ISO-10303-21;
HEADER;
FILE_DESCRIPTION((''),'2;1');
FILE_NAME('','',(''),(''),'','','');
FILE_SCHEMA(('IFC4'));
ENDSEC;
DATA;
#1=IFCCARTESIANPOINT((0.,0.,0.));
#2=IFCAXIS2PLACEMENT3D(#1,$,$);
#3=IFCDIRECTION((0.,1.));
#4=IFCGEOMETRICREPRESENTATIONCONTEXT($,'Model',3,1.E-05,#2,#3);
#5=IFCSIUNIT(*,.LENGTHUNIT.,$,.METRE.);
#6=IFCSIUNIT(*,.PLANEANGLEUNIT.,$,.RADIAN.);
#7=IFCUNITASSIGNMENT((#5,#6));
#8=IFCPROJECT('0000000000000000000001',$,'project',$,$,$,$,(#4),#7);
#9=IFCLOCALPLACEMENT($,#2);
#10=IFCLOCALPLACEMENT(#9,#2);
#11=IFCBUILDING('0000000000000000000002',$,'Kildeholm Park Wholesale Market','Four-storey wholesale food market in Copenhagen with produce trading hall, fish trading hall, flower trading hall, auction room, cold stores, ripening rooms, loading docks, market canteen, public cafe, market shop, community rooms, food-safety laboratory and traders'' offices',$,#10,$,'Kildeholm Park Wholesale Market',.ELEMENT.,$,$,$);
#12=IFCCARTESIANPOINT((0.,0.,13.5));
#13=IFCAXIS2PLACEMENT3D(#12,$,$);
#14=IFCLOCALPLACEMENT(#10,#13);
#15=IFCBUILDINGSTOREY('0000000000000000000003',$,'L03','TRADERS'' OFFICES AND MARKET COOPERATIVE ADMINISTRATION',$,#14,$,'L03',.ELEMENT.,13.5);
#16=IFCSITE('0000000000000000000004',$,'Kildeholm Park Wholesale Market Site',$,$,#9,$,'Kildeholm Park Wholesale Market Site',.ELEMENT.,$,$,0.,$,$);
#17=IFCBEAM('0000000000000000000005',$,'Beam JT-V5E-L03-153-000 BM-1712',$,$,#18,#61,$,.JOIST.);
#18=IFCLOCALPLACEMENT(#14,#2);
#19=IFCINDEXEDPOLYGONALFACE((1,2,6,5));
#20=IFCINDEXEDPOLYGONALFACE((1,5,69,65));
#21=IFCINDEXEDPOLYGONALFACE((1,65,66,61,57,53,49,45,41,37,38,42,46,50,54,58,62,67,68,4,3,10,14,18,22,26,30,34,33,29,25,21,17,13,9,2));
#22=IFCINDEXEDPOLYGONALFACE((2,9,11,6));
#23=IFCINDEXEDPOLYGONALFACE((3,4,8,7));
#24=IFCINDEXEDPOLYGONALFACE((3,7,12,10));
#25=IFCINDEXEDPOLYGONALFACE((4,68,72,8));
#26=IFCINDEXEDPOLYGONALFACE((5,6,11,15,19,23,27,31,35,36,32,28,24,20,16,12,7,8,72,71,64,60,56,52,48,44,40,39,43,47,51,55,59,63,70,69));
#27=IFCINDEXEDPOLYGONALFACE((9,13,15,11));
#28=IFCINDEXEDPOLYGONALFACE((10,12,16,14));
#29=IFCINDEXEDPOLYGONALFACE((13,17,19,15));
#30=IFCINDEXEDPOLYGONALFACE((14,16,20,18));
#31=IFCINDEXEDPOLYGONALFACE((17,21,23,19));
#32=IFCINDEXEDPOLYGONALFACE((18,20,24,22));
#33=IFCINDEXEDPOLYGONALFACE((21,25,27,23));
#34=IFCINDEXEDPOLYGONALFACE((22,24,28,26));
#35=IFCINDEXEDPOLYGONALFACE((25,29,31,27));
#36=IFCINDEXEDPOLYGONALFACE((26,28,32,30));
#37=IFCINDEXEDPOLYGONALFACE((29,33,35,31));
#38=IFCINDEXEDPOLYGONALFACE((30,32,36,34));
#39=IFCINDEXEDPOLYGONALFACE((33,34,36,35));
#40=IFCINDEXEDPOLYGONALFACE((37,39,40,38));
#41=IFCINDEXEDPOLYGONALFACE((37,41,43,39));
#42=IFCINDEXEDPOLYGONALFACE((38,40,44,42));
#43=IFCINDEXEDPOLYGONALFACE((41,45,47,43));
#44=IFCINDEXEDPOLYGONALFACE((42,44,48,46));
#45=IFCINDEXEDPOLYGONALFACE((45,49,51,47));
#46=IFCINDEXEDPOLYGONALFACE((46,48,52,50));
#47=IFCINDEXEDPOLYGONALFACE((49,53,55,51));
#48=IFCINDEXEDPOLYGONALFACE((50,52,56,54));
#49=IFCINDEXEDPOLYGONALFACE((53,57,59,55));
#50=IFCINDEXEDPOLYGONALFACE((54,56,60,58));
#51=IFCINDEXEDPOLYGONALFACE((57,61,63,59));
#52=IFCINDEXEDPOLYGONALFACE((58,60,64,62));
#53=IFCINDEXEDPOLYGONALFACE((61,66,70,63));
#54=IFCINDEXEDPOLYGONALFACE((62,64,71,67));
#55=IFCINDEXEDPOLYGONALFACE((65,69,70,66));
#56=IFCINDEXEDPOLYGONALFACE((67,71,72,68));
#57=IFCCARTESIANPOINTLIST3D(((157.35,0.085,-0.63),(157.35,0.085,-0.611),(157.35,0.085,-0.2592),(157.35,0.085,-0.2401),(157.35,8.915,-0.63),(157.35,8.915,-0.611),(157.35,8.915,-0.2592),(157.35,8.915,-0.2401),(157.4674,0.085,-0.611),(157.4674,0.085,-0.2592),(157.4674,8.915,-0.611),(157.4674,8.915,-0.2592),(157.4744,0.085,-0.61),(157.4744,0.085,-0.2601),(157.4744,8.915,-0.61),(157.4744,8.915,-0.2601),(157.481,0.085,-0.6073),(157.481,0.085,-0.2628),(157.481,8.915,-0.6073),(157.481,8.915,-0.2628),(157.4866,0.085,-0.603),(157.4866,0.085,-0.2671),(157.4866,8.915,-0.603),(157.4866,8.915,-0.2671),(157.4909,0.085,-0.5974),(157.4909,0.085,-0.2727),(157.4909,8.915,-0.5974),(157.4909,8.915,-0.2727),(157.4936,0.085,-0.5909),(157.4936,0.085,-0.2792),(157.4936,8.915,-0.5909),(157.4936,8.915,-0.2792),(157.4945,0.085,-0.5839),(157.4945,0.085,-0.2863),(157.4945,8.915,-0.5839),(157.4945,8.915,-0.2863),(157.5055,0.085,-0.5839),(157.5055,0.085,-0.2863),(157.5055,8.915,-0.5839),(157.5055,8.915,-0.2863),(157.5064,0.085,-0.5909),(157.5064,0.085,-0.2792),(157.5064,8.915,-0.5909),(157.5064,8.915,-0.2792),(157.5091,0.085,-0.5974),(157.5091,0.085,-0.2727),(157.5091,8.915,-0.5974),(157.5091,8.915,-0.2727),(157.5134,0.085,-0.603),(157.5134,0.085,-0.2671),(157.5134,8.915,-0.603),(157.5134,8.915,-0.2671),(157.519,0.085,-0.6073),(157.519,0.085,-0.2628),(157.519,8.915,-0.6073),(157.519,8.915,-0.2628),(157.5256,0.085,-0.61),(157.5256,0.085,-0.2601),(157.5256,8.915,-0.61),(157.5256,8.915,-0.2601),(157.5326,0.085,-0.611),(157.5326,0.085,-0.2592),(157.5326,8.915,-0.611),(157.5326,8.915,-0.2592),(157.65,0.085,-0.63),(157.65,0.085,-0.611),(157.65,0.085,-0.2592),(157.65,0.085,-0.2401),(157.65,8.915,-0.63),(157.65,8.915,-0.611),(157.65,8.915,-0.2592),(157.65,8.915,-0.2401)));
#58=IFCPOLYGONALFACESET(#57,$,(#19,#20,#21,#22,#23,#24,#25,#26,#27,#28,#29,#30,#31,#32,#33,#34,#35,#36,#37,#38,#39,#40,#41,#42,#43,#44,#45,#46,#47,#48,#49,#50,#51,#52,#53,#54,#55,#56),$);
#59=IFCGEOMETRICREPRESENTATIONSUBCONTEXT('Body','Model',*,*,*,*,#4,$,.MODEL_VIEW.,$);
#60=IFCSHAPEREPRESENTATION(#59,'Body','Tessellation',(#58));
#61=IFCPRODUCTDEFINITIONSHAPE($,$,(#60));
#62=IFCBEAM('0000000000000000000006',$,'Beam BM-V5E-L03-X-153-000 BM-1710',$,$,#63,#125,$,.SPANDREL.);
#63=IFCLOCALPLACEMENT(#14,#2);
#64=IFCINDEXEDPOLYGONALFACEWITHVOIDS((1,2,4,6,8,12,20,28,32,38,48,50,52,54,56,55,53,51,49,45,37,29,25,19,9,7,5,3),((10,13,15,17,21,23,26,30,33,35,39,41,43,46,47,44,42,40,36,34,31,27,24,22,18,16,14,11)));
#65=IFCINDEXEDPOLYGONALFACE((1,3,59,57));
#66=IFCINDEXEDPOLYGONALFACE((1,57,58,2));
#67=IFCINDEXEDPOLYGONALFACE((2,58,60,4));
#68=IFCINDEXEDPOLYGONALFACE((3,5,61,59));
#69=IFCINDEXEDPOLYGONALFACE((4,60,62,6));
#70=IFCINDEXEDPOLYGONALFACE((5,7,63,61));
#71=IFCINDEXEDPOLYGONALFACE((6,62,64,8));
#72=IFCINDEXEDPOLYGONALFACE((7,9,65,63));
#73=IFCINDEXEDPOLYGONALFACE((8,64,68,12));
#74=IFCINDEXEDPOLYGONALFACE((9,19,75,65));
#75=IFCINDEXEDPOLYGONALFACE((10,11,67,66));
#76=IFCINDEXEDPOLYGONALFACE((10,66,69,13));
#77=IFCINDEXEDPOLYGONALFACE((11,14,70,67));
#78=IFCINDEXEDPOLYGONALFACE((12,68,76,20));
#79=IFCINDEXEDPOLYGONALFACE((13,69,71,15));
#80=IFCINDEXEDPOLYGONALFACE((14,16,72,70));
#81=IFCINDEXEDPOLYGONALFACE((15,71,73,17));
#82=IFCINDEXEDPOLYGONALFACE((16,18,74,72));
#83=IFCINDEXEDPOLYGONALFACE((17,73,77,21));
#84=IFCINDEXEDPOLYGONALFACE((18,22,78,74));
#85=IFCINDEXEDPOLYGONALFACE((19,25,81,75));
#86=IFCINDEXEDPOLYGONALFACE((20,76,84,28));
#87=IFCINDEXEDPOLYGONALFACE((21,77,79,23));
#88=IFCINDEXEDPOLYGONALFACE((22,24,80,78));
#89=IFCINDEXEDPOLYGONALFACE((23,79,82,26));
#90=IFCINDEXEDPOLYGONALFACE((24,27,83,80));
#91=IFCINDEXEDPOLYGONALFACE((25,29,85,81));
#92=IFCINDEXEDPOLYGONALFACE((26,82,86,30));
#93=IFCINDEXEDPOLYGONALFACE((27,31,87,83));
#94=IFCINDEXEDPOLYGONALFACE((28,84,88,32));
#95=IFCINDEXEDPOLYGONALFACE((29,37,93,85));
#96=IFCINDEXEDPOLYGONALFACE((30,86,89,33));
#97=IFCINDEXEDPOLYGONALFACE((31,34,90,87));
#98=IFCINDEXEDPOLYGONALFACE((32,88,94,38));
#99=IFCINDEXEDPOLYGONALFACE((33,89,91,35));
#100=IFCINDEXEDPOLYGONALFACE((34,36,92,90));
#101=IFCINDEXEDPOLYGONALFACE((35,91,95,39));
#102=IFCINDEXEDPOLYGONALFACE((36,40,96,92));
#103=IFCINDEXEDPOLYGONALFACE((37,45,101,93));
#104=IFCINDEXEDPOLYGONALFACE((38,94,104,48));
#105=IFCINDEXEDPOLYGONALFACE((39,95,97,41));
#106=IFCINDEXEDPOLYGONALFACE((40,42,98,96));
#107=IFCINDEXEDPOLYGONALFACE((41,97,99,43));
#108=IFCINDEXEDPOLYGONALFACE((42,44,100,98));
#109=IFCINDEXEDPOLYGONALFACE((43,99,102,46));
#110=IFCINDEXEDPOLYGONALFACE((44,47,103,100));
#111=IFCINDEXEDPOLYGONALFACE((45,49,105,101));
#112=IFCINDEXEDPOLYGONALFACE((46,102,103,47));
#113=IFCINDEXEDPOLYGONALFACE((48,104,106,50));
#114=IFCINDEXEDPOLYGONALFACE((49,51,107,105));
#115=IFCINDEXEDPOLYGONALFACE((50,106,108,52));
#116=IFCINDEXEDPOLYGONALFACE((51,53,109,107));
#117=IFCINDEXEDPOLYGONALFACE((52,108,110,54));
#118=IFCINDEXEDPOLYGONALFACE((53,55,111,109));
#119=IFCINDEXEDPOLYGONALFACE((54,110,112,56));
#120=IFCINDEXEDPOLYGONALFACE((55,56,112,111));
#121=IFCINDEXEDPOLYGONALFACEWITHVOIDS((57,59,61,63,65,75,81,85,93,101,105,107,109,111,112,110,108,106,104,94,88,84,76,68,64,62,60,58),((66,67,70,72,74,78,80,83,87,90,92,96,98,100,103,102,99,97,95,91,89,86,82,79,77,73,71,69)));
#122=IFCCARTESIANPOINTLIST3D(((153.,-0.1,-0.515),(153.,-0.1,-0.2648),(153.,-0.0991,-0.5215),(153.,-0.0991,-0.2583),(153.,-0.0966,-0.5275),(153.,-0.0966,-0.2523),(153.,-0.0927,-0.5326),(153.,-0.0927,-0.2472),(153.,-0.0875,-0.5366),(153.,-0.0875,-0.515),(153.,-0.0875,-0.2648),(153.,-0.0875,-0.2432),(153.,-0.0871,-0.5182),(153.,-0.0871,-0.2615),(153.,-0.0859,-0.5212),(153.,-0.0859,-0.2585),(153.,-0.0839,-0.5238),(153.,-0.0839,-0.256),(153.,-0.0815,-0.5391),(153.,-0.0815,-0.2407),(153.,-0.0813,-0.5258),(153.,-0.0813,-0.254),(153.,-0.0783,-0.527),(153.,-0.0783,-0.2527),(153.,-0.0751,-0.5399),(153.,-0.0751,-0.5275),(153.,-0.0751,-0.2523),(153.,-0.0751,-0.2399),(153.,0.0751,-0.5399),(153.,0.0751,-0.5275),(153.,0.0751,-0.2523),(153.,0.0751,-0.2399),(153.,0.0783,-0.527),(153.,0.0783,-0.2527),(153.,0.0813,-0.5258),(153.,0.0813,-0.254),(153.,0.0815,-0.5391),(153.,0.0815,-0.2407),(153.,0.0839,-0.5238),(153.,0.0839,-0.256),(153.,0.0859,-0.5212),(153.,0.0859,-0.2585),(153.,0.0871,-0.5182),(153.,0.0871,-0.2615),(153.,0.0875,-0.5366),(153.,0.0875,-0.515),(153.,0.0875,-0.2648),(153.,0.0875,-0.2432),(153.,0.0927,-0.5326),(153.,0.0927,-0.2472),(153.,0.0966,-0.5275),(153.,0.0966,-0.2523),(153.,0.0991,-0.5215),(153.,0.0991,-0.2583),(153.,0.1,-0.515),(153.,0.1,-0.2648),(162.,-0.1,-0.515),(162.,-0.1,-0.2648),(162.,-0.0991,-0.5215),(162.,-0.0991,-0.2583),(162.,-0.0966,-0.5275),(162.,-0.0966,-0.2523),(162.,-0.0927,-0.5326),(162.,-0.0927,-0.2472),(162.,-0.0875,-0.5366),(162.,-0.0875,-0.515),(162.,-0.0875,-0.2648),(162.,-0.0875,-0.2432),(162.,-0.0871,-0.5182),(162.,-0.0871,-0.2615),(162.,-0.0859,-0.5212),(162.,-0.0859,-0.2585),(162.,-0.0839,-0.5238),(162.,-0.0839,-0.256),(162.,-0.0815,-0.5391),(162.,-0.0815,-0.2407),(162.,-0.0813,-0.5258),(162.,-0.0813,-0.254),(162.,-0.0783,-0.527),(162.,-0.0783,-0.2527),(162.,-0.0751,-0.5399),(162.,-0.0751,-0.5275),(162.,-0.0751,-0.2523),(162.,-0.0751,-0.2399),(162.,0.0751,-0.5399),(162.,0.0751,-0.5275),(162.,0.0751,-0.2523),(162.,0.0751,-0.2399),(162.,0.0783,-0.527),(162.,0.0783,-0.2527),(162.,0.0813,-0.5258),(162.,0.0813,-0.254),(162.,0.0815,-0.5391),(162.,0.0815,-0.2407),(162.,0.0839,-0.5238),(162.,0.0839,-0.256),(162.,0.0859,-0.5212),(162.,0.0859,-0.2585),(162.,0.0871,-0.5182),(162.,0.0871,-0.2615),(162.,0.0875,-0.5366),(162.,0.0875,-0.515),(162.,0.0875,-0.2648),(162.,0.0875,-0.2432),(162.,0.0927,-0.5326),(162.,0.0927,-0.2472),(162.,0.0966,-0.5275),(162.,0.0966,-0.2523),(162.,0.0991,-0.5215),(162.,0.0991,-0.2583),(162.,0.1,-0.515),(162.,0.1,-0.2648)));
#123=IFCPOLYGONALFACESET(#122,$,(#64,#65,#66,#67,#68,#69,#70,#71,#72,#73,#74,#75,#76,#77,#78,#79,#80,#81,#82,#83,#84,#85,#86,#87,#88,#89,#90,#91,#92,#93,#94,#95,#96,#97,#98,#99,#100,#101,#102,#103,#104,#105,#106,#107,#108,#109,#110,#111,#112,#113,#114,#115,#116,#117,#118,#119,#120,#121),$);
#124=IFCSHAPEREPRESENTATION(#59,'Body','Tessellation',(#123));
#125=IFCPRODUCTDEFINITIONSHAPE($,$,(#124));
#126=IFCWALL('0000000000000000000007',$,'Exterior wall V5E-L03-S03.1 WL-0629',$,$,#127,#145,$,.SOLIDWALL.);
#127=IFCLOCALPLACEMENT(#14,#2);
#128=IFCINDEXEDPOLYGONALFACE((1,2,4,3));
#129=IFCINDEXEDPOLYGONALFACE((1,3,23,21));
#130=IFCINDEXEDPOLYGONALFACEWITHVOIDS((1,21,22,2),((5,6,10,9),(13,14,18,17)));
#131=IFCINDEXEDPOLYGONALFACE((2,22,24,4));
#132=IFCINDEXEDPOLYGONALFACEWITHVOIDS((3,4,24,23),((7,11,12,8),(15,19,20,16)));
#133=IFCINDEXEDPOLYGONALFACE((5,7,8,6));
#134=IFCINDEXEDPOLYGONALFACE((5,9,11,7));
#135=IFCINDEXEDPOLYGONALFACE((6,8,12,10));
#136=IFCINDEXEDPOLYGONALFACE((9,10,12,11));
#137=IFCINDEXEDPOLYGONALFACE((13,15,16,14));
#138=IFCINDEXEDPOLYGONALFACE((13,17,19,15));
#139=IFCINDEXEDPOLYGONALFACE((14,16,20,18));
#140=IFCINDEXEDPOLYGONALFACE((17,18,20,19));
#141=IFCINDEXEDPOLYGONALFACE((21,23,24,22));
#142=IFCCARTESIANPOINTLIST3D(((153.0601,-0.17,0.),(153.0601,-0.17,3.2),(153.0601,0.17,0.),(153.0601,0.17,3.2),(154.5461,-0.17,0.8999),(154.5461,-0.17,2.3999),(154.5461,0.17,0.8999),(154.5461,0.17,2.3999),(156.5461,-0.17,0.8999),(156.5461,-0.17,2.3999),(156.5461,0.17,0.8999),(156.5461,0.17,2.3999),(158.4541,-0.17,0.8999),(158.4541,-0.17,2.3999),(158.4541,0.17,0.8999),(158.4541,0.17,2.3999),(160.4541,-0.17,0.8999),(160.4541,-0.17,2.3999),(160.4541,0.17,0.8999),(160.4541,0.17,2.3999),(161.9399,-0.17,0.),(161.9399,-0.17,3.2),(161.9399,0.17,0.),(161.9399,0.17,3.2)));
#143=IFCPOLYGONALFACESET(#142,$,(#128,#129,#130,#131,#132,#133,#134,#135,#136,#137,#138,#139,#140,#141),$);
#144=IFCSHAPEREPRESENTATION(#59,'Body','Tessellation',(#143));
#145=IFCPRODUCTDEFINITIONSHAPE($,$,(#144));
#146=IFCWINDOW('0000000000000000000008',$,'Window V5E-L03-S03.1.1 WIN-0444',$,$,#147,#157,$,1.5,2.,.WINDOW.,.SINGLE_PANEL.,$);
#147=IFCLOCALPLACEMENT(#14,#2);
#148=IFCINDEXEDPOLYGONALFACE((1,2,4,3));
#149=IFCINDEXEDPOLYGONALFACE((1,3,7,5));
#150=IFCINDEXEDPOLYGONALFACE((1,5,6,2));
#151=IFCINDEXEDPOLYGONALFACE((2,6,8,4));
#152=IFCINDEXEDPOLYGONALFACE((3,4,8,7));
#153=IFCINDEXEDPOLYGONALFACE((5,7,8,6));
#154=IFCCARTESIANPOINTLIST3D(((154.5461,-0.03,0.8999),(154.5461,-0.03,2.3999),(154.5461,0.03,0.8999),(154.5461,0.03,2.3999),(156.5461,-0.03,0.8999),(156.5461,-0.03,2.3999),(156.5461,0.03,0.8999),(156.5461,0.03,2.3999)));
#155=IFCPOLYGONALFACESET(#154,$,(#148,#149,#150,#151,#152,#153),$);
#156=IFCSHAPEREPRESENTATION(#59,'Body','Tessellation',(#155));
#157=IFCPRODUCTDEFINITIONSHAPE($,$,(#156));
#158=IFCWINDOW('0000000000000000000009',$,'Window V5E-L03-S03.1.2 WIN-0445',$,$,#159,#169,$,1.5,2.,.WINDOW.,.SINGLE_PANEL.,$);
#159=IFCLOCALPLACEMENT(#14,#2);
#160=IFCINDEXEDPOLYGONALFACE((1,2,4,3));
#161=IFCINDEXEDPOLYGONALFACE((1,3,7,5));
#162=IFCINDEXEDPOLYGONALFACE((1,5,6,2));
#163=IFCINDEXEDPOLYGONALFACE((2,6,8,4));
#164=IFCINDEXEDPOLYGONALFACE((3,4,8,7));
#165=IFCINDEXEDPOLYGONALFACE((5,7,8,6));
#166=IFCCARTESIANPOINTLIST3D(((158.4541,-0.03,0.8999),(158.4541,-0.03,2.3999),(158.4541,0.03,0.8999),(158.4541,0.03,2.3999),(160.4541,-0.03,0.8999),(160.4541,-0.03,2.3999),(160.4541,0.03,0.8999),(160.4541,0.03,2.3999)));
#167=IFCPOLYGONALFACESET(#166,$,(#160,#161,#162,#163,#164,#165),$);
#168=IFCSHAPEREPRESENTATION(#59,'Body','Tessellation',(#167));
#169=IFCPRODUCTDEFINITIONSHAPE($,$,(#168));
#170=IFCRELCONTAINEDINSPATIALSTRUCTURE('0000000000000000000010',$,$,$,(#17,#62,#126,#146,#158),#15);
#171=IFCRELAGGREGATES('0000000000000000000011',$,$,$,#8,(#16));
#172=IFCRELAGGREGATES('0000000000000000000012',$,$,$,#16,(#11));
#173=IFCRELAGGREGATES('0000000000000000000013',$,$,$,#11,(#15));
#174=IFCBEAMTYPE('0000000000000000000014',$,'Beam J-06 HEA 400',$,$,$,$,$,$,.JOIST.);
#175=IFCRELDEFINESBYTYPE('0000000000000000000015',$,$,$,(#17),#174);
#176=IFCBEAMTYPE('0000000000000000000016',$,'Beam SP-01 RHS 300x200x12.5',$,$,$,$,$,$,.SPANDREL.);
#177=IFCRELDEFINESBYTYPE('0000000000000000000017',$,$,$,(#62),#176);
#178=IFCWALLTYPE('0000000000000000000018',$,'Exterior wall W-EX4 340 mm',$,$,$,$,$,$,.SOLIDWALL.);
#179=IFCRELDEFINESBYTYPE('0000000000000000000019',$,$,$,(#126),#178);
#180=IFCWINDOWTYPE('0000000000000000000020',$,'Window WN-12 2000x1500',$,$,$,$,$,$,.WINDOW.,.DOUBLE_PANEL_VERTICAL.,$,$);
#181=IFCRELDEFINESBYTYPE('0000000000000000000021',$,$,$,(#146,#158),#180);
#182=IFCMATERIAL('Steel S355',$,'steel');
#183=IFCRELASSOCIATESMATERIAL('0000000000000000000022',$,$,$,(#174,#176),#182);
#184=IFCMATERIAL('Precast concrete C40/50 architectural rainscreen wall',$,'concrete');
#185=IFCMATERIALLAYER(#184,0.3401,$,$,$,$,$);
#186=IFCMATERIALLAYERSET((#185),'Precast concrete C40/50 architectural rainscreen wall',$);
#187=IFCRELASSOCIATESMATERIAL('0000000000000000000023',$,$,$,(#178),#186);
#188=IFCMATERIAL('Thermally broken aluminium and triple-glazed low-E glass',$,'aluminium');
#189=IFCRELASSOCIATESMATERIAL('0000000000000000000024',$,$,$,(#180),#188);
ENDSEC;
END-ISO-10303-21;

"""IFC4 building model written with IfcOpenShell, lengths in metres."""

from ifc_helpers import new_model, si_unit, direction, frame, frame_2d, origin, origin_2d, place, context, subcontext, project, spatial, rectangle, hollow_rectangle, i_section, extrude, material, layer, layer_set, material_profile, profile_set, type_object, element, fill, save


model = new_model("IFC4")

# Units and contexts
model_context = context("Model", 3, precision=1e-05, world=origin(), true_north=direction((0.0, 1.0)))
body_context = subcontext(model_context, "Body", "Model", "MODEL_VIEW")
ifc_project = project(units=[si_unit("LENGTHUNIT", "METRE"), si_unit("PLANEANGLEUNIT", "RADIAN")], contexts=[model_context])

# Site, building, storey
site_placement = place(None, origin())
site = spatial("IfcSite", under=ifc_project, at=site_placement, Name="Kildeholm Park Wholesale Market Site", LongName="Kildeholm Park Wholesale Market Site", CompositionType="ELEMENT", RefElevation=0.0)
building_placement = place(site_placement, origin())
building = spatial("IfcBuilding", under=site, at=building_placement, Name="Kildeholm Park Wholesale Market", Description="Four-storey wholesale food market in Copenhagen with produce trading hall, fish trading hall, flower trading hall, auction room, cold stores, ripening rooms, loading docks, market canteen, public cafe, market shop, community rooms, food-safety laboratory and traders' offices", LongName="Kildeholm Park Wholesale Market", CompositionType="ELEMENT")
storey_placement = place(building_placement, frame((0.0, 0.0, 13.5)))
storey = spatial("IfcBuildingStorey", under=building, at=storey_placement, Name="L03", Description="TRADERS' OFFICES AND MARKET COOPERATIVE ADMINISTRATION", LongName="L03", CompositionType="ELEMENT", Elevation=13.5)

# Shared definitions
ifc_material_1 = material(Name="Steel S355", Category="steel")

# Beams
ifc_material_profile_1 = material_profile(ifc_material_1, i_section(OverallWidth=0.3, OverallDepth=0.3899, WebThickness=0.011, FlangeThickness=0.019, FilletRadius=0.0271, at=origin_2d()), Name="HEA 400")
ifc_profile_set_1 = profile_set([ifc_material_profile_1], Name="Steel S355")
beam_type_1 = type_object("IfcBeamType", Name="Beam J-06 HEA 400", PredefinedType="JOIST", material=ifc_profile_set_1)
beam_1_placement = place(storey_placement, frame((157.5, 0.085, -0.4351), z_axis=(0.0, 1.0, 0.0), x_axis=(-1.0, 0.0, 0.0)))
element("IfcBeam", 1, at=beam_1_placement, inside=storey, type_object=beam_type_1, Name="Beam JT-V5E-L03-153-000 BM-1712", PredefinedType="JOIST", context=body_context, shape_type="SweptSolid", body=[
    extrude(i_section(OverallWidth=0.3, OverallDepth=0.3899, WebThickness=0.011, FlangeThickness=0.019, FilletRadius=0.0271, at=origin_2d()), origin(), (0.0, 0.0, 1.0), 8.8301),
])
ifc_material_profile_2 = material_profile(ifc_material_1, hollow_rectangle(XDim=0.2, YDim=0.3, WallThickness=0.0125, InnerFilletRadius=0.0125, OuterFilletRadius=0.0249, at=origin_2d()), Name="RHS 300x200x12.5")
ifc_profile_set_2 = profile_set([ifc_material_profile_2], Name="Steel S355")
beam_type_2 = type_object("IfcBeamType", Name="Beam SP-01 RHS 300x200x12.5", PredefinedType="SPANDREL", material=ifc_profile_set_2)
beam_2_placement = place(storey_placement, frame((153.0, 0.0, -0.3899), z_axis=(1.0, 0.0, 0.0), x_axis=(0.0, 1.0, 0.0)))
element("IfcBeam", 2, at=beam_2_placement, inside=storey, type_object=beam_type_2, Name="Beam BM-V5E-L03-X-153-000 BM-1710", PredefinedType="SPANDREL", context=body_context, shape_type="SweptSolid", body=[
    extrude(hollow_rectangle(XDim=0.2, YDim=0.3, WallThickness=0.0125, InnerFilletRadius=0.0125, OuterFilletRadius=0.0249, at=origin_2d()), origin(), (0.0, 0.0, 1.0), 9.0),
])

# Wall, openings, windows
ifc_material_2 = material(Name="Precast concrete C40/50 architectural rainscreen wall", Category="concrete")
ifc_layer_1 = layer(ifc_material_2, 0.3401)
ifc_layer_set_1 = layer_set([ifc_layer_1], Name="Precast concrete C40/50 architectural rainscreen wall")
wall_type_1 = type_object("IfcWallType", Name="Exterior wall W-EX4 340 mm", PredefinedType="SOLIDWALL", material=ifc_layer_set_1)
wall_1_placement = place(storey_placement, frame((153.0601, 0.0, 0.0), z_axis=(0.0, 0.0, 1.0), x_axis=(1.0, 0.0, 0.0)))
wall_1 = element("IfcWall", 3, at=wall_1_placement, inside=storey, type_object=wall_type_1, Name="Exterior wall V5E-L03-S03.1 WL-0629", PredefinedType="SOLIDWALL", context=body_context, shape_type="SweptSolid", body=[
    extrude(rectangle(XDim=8.8799, YDim=0.3401, at=frame_2d((4.4399, 0.0))), origin(), (0.0, 0.0, 1.0), 3.2),
])
opening_1_placement = place(wall_1_placement, frame((1.4861, 0.0, 0.8999)))
opening_1 = element("IfcOpeningElement", 4, at=opening_1_placement, cuts=wall_1, PredefinedType="OPENING", context=body_context, shape_type="SweptSolid", body=[
    extrude(rectangle(XDim=2.0, YDim=1.5, at=frame_2d((1.0, 0.75))), frame((0.0, 0.1799, 0.0), z_axis=(0.0, -1.0, 0.0), x_axis=(1.0, 0.0, 0.0)), (0.0, 0.0, 1.0), 0.3601),
])
opening_2_placement = place(wall_1_placement, frame((5.394, 0.0, 0.8999)))
opening_2 = element("IfcOpeningElement", 5, at=opening_2_placement, cuts=wall_1, PredefinedType="OPENING", context=body_context, shape_type="SweptSolid", body=[
    extrude(rectangle(XDim=2.0, YDim=1.5, at=frame_2d((1.0, 0.75))), frame((0.0, 0.1799, 0.0), z_axis=(0.0, -1.0, 0.0), x_axis=(1.0, 0.0, 0.0)), (0.0, 0.0, 1.0), 0.3601),
])
ifc_material_3 = material(Name="Thermally broken aluminium and triple-glazed low-E glass", Category="aluminium")
window_type = type_object("IfcWindowType", Name="Window WN-12 2000x1500", PartitioningType="DOUBLE_PANEL_VERTICAL", PredefinedType="WINDOW", material=ifc_material_3)
window_1_placement = place(opening_1_placement, origin())
window_1 = element("IfcWindow", 6, at=window_1_placement, inside=storey, type_object=window_type, Name="Window V5E-L03-S03.1.1 WIN-0444", OverallHeight=1.5, OverallWidth=2.0, PartitioningType="SINGLE_PANEL", PredefinedType="WINDOW", context=body_context, shape_type="SweptSolid", body=[
    extrude(rectangle(XDim=2.0, YDim=1.5, at=frame_2d((1.0, 0.75))), frame((0.0, 0.03, 0.0), z_axis=(0.0, -1.0, 0.0), x_axis=(1.0, 0.0, 0.0)), (0.0, 0.0, 1.0), 0.0601),
])
fill(opening_1, window_1)
window_2_placement = place(opening_2_placement, origin())
window_2 = element("IfcWindow", 7, at=window_2_placement, inside=storey, type_object=window_type, Name="Window V5E-L03-S03.1.2 WIN-0445", OverallHeight=1.5, OverallWidth=2.0, PartitioningType="SINGLE_PANEL", PredefinedType="WINDOW", context=body_context, shape_type="SweptSolid", body=[
    extrude(rectangle(XDim=2.0, YDim=1.5, at=frame_2d((1.0, 0.75))), frame((0.0, 0.03, 0.0), z_axis=(0.0, -1.0, 0.0), x_axis=(1.0, 0.0, 0.0)), (0.0, 0.0, 1.0), 0.0601),
])
fill(opening_2, window_2)

save(model, "model.ifc")
